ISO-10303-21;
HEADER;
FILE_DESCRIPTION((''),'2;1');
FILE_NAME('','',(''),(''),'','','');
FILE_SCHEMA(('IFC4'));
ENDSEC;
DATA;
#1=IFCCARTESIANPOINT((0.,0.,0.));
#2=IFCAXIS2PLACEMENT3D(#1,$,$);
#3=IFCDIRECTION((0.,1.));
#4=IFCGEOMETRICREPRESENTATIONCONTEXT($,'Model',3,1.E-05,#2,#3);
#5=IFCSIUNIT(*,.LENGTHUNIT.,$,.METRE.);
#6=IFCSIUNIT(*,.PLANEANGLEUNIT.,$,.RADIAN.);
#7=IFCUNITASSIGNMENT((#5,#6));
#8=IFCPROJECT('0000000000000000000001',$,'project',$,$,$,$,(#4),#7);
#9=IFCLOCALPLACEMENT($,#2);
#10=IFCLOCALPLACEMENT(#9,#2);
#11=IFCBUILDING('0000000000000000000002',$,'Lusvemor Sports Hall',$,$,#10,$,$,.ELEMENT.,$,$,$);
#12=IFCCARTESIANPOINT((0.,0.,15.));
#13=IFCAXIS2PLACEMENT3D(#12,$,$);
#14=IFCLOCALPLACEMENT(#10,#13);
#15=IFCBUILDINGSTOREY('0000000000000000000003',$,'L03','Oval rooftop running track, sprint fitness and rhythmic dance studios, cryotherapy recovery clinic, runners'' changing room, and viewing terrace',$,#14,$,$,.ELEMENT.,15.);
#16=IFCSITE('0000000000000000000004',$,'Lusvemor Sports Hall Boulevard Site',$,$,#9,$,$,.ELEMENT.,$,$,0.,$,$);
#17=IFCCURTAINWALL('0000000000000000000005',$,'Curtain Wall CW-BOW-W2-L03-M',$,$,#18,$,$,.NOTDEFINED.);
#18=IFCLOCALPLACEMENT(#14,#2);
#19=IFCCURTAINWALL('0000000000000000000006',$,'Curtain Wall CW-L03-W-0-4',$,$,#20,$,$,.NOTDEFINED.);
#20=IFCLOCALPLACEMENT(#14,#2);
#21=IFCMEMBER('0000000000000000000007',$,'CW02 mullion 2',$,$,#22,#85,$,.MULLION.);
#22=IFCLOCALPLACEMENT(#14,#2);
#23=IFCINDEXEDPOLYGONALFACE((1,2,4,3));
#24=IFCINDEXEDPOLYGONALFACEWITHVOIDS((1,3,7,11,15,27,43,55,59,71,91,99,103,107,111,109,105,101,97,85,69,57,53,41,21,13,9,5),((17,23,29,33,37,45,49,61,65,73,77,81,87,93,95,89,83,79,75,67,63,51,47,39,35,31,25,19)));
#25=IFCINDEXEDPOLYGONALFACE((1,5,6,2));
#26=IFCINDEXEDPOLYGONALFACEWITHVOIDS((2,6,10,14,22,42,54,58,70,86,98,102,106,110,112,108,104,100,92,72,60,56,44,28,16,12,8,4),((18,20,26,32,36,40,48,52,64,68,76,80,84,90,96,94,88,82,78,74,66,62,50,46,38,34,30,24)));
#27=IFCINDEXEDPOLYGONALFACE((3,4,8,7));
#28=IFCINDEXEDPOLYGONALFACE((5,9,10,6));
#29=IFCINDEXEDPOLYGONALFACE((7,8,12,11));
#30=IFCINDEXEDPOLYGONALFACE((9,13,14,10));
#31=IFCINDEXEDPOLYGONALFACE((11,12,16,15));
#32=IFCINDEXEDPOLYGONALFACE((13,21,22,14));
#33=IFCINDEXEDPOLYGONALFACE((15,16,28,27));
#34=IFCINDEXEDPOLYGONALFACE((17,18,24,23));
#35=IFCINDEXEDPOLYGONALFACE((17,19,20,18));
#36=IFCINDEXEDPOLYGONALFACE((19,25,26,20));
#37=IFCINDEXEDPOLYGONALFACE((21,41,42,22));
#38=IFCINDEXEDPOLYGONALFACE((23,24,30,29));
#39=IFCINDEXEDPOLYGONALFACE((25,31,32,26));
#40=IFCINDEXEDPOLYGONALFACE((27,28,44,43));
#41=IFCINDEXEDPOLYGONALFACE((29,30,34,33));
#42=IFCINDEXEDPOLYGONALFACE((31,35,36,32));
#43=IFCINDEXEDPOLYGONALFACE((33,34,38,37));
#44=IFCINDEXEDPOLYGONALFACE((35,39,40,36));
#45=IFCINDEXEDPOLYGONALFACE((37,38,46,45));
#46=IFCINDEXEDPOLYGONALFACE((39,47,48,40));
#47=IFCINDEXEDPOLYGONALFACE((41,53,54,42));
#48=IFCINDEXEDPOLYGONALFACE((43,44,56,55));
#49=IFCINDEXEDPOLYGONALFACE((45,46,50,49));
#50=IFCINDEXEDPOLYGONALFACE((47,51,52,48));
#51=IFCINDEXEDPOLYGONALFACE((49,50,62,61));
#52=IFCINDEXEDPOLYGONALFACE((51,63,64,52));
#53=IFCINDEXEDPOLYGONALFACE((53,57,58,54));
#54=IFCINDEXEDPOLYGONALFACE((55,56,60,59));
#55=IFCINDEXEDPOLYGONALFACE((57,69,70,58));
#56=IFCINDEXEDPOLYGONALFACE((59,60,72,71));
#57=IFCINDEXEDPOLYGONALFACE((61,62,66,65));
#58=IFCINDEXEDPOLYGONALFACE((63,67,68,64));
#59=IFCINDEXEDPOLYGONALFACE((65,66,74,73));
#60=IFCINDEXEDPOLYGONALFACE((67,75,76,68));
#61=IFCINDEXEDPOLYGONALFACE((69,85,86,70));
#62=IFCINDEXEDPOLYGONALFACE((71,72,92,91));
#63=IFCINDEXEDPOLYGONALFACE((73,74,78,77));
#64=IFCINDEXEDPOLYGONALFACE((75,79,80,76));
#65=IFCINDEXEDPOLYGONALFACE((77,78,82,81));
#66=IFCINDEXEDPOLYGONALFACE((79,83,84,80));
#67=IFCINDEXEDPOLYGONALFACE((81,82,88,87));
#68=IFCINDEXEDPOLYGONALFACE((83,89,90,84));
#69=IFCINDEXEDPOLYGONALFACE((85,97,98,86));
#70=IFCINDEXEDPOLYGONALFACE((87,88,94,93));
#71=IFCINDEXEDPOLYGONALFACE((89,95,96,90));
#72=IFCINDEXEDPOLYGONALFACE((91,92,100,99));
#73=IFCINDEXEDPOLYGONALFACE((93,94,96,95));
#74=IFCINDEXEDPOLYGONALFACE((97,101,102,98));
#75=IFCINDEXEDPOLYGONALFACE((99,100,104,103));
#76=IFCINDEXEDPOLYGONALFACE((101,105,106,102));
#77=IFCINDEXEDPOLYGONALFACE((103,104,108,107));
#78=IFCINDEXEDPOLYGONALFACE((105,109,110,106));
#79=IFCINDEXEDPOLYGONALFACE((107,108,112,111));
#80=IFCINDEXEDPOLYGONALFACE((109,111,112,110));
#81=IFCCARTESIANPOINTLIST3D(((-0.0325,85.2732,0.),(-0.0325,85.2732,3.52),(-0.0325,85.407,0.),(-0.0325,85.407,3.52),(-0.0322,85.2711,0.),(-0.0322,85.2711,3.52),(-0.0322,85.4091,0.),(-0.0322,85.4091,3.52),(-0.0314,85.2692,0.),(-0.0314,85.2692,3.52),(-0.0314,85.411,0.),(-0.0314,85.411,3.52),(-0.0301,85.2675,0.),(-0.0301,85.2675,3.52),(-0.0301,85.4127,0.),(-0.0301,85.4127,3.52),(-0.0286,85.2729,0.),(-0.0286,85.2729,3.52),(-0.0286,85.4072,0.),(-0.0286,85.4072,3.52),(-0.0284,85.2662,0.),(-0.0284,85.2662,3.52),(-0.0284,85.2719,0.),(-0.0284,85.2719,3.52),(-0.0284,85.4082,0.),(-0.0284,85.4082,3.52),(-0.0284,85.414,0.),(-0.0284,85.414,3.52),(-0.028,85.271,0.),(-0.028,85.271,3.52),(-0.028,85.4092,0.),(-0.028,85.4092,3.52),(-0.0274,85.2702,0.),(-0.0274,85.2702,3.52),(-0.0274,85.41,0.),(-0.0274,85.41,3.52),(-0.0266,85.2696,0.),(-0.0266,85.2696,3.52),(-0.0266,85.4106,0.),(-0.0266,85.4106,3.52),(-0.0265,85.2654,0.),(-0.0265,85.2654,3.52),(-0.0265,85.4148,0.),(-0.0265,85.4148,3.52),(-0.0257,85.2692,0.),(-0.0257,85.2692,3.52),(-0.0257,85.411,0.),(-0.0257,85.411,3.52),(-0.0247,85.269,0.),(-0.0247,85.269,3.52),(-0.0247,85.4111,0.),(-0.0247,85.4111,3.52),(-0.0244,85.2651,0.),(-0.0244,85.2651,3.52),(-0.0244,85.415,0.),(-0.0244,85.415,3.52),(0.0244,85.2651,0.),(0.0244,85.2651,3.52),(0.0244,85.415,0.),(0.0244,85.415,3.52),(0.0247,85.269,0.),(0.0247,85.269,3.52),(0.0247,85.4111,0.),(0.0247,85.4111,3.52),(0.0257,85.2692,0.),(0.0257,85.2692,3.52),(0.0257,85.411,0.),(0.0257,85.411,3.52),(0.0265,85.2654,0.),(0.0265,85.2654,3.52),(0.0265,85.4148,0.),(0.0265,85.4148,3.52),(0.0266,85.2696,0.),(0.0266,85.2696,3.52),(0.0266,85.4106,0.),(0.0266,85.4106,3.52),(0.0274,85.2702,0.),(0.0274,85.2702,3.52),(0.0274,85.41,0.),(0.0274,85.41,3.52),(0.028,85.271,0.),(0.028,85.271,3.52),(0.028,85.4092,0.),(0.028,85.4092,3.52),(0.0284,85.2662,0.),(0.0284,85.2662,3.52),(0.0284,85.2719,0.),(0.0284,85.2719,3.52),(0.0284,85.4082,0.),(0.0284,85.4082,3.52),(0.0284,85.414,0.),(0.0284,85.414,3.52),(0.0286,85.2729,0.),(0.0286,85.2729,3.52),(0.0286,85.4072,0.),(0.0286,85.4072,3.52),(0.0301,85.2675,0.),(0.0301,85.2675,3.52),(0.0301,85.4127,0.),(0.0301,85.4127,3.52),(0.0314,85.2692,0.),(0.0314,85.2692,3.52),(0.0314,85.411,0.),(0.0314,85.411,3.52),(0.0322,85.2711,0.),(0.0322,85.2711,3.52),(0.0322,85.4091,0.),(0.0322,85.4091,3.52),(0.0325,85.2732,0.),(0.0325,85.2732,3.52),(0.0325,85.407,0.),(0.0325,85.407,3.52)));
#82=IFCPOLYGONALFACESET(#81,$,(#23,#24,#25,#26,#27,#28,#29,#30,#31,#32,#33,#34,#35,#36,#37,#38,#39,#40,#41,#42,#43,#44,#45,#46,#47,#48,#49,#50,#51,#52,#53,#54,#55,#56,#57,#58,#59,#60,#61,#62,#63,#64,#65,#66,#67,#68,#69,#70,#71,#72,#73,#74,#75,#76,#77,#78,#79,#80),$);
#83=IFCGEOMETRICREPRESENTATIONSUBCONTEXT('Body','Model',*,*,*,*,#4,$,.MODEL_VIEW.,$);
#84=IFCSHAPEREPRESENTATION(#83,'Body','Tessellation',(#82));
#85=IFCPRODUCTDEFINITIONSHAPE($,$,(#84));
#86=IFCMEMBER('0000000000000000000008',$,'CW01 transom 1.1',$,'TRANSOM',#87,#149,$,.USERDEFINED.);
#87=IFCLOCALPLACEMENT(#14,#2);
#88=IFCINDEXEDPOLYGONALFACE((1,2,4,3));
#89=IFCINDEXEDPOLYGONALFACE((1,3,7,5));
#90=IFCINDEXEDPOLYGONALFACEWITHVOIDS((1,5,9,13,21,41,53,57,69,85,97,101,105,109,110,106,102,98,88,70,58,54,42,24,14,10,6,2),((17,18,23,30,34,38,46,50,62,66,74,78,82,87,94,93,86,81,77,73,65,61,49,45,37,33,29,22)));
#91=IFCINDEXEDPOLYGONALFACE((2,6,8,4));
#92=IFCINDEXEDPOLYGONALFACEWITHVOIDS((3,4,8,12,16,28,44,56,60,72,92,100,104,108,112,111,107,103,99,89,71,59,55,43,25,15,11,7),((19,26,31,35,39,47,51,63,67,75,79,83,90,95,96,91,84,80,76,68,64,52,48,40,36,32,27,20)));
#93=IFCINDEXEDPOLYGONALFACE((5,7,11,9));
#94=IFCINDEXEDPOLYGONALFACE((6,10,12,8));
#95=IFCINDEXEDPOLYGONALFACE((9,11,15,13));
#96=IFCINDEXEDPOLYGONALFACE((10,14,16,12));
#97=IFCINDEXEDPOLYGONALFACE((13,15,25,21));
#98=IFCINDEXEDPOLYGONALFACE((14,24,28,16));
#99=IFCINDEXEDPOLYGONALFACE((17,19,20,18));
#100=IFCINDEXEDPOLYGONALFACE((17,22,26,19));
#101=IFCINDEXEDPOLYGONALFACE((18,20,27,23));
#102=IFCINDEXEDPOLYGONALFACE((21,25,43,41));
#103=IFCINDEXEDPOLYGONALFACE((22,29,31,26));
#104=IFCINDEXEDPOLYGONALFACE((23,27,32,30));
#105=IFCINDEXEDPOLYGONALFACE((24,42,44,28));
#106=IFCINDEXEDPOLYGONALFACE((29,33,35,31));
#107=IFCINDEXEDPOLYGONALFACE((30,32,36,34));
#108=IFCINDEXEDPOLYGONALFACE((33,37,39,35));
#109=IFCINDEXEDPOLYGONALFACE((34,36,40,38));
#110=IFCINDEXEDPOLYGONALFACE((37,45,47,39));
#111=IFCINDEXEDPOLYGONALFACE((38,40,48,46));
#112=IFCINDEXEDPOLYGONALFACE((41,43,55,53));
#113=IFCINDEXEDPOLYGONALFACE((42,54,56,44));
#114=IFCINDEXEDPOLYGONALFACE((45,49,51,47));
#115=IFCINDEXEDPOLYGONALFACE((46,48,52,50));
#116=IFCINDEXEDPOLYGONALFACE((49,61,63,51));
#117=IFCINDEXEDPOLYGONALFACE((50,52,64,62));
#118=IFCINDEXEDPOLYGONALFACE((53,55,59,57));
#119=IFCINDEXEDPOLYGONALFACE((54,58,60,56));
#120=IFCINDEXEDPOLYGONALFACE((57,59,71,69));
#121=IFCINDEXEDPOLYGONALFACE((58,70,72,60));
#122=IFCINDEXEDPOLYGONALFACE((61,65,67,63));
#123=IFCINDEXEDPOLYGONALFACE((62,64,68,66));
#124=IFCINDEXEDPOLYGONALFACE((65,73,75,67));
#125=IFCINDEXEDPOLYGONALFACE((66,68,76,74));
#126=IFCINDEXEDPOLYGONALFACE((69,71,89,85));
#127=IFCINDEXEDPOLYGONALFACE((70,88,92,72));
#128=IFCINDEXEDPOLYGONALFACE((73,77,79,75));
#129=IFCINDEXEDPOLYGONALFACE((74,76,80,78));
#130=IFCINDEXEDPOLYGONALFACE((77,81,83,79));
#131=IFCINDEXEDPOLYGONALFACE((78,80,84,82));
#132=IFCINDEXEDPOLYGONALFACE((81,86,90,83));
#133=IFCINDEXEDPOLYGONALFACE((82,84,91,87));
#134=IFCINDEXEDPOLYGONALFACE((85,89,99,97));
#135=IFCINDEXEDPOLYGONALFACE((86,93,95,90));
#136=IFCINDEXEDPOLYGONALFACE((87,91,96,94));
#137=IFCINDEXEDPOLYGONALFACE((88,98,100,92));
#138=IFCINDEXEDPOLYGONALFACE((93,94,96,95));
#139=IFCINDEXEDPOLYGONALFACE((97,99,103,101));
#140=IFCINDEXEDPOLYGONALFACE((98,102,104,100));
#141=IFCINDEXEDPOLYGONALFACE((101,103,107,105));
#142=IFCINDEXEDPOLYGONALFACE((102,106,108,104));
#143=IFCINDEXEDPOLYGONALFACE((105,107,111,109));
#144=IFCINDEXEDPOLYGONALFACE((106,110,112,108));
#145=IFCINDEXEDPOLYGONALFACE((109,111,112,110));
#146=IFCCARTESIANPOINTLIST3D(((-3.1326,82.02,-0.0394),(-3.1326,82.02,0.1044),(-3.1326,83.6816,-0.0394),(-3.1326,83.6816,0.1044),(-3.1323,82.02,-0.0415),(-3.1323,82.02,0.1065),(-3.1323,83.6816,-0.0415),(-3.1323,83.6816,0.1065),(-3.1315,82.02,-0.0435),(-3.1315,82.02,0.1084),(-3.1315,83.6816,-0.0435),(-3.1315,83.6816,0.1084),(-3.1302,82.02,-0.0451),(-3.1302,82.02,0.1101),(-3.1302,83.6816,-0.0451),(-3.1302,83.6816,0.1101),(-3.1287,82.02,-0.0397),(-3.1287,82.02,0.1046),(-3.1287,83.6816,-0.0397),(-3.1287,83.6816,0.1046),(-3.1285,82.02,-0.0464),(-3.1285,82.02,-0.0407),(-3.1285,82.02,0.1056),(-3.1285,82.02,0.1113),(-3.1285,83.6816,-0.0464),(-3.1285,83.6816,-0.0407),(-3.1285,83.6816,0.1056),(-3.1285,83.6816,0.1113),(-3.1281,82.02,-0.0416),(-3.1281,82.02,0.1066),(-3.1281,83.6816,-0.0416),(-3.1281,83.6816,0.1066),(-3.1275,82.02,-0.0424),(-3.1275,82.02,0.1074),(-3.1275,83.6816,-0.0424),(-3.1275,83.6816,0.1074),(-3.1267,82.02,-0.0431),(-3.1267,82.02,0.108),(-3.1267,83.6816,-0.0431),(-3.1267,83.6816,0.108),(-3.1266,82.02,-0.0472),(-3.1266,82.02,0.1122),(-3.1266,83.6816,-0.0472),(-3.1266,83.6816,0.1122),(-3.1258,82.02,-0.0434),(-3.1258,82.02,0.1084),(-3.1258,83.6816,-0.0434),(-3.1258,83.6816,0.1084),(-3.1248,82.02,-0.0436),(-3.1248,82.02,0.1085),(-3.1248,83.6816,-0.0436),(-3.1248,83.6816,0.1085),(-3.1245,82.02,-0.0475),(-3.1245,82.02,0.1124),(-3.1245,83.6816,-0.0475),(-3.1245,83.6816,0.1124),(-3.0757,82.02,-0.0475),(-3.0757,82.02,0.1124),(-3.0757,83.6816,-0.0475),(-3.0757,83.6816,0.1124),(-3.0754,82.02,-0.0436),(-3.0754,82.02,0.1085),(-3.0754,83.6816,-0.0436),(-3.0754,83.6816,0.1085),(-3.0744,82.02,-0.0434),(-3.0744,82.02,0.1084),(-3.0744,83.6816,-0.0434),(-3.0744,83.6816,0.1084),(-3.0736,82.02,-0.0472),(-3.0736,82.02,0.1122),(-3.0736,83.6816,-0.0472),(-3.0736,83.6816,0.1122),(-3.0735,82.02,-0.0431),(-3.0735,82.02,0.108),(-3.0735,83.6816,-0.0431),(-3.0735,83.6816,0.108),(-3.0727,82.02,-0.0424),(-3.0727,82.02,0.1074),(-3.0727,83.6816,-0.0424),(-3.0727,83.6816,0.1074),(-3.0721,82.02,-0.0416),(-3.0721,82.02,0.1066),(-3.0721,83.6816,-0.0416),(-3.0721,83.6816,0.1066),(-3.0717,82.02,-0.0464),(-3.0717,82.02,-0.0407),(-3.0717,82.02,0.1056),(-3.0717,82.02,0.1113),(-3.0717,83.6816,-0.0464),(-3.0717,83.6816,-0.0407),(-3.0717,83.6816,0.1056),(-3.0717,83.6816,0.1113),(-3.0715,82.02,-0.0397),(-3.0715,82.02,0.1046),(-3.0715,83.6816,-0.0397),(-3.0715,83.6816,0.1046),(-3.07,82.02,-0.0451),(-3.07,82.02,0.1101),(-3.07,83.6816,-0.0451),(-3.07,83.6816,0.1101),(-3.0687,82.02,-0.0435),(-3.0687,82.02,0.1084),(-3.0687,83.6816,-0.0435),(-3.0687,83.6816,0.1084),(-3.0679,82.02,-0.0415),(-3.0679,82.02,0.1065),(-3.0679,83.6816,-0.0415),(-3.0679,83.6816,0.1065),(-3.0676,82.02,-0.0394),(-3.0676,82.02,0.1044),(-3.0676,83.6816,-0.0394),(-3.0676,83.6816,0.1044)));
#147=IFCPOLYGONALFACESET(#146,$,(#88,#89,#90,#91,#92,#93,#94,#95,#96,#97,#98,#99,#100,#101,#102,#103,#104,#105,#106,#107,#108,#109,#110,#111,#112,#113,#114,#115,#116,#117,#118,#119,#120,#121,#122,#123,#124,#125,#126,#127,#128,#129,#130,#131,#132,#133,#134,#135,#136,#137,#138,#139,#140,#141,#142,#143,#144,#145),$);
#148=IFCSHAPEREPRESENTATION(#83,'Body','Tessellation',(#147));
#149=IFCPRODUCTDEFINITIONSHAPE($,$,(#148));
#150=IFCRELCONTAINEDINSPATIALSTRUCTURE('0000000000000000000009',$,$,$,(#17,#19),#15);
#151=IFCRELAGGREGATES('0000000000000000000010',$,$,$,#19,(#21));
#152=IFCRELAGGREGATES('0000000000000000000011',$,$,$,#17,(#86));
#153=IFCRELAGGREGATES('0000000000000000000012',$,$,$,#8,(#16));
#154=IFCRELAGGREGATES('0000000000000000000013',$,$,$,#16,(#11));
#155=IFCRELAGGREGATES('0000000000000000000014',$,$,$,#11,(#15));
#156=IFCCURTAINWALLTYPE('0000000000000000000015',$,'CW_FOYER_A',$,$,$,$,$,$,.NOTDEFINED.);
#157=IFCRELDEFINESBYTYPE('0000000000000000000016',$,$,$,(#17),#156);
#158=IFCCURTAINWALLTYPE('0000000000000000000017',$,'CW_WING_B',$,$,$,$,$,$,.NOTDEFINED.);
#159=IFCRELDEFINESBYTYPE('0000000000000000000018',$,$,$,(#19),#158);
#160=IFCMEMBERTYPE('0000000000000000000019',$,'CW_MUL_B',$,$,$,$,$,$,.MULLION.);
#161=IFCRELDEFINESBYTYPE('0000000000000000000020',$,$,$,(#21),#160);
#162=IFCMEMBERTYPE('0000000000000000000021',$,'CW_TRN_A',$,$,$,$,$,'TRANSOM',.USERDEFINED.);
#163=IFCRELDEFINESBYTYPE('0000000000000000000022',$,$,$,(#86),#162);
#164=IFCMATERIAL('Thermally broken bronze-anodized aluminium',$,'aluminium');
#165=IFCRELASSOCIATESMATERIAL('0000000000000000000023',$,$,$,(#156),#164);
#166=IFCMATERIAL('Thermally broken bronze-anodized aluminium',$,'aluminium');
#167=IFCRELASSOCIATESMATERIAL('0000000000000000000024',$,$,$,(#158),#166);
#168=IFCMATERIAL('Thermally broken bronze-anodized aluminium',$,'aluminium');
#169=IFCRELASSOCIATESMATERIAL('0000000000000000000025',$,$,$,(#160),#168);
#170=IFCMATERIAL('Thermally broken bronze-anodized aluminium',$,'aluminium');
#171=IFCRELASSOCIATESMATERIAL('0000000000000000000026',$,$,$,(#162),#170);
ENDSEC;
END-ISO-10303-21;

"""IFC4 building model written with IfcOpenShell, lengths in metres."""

from ifc_helpers import new_model, si_unit, direction, frame, origin, origin_2d, place, context, subcontext, project, spatial, hollow_rectangle, extrude, material, material_profile, profile_set, type_object, element, aggregate, save


model = new_model("IFC4")

# Units and contexts
model_context = context("Model", 3, precision=1e-05, world=origin(), true_north=direction((0.0, 1.0)))
body_context = subcontext(model_context, "Body", "Model", "MODEL_VIEW")
ifc_project = project(units=[si_unit("LENGTHUNIT", "METRE"), si_unit("PLANEANGLEUNIT", "RADIAN")], contexts=[model_context])

# Site, building, storey
site_placement = place(None, origin())
site = spatial("IfcSite", under=ifc_project, at=site_placement, Name="Lusvemor Sports Hall Boulevard Site", CompositionType="ELEMENT", RefElevation=0.0)
building_placement = place(site_placement, origin())
building = spatial("IfcBuilding", under=site, at=building_placement, Name="Lusvemor Sports Hall", CompositionType="ELEMENT")
storey_placement = place(building_placement, frame((0.0, 0.0, 15.0)))
storey = spatial("IfcBuildingStorey", under=building, at=storey_placement, Name="L03", Description="Oval rooftop running track, sprint fitness and rhythmic dance studios, cryotherapy recovery clinic, runners' changing room, and viewing terrace", CompositionType="ELEMENT", Elevation=15.0)

# Curtain walls, member
ifc_material_1 = material(Name="Thermally broken bronze-anodized aluminium", Category="aluminium")
curtain_wall_type_1 = type_object("IfcCurtainWallType", Name="CW_FOYER_A", PredefinedType="NOTDEFINED", material=ifc_material_1)
curtain_wall_1_placement = place(storey_placement, origin())
curtain_wall_1 = element("IfcCurtainWall", 1, at=curtain_wall_1_placement, inside=storey, type_object=curtain_wall_type_1, Name="Curtain Wall CW-BOW-W2-L03-M", PredefinedType="NOTDEFINED")
ifc_material_2 = material(Name="Thermally broken bronze-anodized aluminium", Category="aluminium")
curtain_wall_type_2 = type_object("IfcCurtainWallType", Name="CW_WING_B", PredefinedType="NOTDEFINED", material=ifc_material_2)
curtain_wall_2_placement = place(storey_placement, origin())
curtain_wall_2 = element("IfcCurtainWall", 2, at=curtain_wall_2_placement, inside=storey, type_object=curtain_wall_type_2, Name="Curtain Wall CW-L03-W-0-4", PredefinedType="NOTDEFINED")
ifc_material_3 = material(Name="Thermally broken bronze-anodized aluminium", Category="aluminium")
ifc_material_profile_1 = material_profile(ifc_material_3, hollow_rectangle(XDim=0.0649, YDim=0.1499, WallThickness=0.0039, InnerFilletRadius=0.0039, OuterFilletRadius=0.0081, at=origin_2d()), Name="CWMUL150x65x4")
ifc_profile_set_1 = profile_set([ifc_material_profile_1], Name="Thermally broken bronze-anodized aluminium")
member_type_1 = type_object("IfcMemberType", Name="CW_MUL_B", PredefinedType="MULLION", material=ifc_profile_set_1)
member_1_placement = place(storey_placement, frame((0.0, 85.3401, 0.0), z_axis=(0.0, 0.0, 1.0), x_axis=(-1.0, 0.0, 0.0)))
member_1 = element("IfcMember", 3, at=member_1_placement, type_object=member_type_1, Name="CW02 mullion 2", PredefinedType="MULLION", context=body_context, shape_type="SweptSolid", body=[
    extrude(hollow_rectangle(XDim=0.0649, YDim=0.1499, WallThickness=0.0039, InnerFilletRadius=0.0039, OuterFilletRadius=0.0081, at=origin_2d()), origin(), (0.0, 0.0, 1.0), 3.52),
])

# Member
ifc_material_4 = material(Name="Thermally broken bronze-anodized aluminium", Category="aluminium")
ifc_material_profile_2 = material_profile(ifc_material_4, hollow_rectangle(XDim=0.0649, YDim=0.1599, WallThickness=0.0039, InnerFilletRadius=0.0039, OuterFilletRadius=0.0081, at=origin_2d()), Name="CWTRN160x65x4")
ifc_profile_set_2 = profile_set([ifc_material_profile_2], Name="Thermally broken bronze-anodized aluminium")
member_type_2 = type_object("IfcMemberType", Name="CW_TRN_A", ElementType="TRANSOM", PredefinedType="USERDEFINED", material=ifc_profile_set_2)
member_2_placement = place(storey_placement, frame((-3.1001, 82.02, 0.0325), z_axis=(0.0, 1.0, 0.0), x_axis=(-1.0, 0.0, 0.0)))
member_2 = element("IfcMember", 4, at=member_2_placement, type_object=member_type_2, Name="CW01 transom 1.1", ObjectType="TRANSOM", PredefinedType="USERDEFINED", context=body_context, shape_type="SweptSolid", body=[
    extrude(hollow_rectangle(XDim=0.0649, YDim=0.1599, WallThickness=0.0039, InnerFilletRadius=0.0039, OuterFilletRadius=0.0081, at=origin_2d()), origin(), (0.0, 0.0, 1.0), 1.6616),
])

aggregate(curtain_wall_2, [member_1])
aggregate(curtain_wall_1, [member_2])

save(model, "model.ifc")
